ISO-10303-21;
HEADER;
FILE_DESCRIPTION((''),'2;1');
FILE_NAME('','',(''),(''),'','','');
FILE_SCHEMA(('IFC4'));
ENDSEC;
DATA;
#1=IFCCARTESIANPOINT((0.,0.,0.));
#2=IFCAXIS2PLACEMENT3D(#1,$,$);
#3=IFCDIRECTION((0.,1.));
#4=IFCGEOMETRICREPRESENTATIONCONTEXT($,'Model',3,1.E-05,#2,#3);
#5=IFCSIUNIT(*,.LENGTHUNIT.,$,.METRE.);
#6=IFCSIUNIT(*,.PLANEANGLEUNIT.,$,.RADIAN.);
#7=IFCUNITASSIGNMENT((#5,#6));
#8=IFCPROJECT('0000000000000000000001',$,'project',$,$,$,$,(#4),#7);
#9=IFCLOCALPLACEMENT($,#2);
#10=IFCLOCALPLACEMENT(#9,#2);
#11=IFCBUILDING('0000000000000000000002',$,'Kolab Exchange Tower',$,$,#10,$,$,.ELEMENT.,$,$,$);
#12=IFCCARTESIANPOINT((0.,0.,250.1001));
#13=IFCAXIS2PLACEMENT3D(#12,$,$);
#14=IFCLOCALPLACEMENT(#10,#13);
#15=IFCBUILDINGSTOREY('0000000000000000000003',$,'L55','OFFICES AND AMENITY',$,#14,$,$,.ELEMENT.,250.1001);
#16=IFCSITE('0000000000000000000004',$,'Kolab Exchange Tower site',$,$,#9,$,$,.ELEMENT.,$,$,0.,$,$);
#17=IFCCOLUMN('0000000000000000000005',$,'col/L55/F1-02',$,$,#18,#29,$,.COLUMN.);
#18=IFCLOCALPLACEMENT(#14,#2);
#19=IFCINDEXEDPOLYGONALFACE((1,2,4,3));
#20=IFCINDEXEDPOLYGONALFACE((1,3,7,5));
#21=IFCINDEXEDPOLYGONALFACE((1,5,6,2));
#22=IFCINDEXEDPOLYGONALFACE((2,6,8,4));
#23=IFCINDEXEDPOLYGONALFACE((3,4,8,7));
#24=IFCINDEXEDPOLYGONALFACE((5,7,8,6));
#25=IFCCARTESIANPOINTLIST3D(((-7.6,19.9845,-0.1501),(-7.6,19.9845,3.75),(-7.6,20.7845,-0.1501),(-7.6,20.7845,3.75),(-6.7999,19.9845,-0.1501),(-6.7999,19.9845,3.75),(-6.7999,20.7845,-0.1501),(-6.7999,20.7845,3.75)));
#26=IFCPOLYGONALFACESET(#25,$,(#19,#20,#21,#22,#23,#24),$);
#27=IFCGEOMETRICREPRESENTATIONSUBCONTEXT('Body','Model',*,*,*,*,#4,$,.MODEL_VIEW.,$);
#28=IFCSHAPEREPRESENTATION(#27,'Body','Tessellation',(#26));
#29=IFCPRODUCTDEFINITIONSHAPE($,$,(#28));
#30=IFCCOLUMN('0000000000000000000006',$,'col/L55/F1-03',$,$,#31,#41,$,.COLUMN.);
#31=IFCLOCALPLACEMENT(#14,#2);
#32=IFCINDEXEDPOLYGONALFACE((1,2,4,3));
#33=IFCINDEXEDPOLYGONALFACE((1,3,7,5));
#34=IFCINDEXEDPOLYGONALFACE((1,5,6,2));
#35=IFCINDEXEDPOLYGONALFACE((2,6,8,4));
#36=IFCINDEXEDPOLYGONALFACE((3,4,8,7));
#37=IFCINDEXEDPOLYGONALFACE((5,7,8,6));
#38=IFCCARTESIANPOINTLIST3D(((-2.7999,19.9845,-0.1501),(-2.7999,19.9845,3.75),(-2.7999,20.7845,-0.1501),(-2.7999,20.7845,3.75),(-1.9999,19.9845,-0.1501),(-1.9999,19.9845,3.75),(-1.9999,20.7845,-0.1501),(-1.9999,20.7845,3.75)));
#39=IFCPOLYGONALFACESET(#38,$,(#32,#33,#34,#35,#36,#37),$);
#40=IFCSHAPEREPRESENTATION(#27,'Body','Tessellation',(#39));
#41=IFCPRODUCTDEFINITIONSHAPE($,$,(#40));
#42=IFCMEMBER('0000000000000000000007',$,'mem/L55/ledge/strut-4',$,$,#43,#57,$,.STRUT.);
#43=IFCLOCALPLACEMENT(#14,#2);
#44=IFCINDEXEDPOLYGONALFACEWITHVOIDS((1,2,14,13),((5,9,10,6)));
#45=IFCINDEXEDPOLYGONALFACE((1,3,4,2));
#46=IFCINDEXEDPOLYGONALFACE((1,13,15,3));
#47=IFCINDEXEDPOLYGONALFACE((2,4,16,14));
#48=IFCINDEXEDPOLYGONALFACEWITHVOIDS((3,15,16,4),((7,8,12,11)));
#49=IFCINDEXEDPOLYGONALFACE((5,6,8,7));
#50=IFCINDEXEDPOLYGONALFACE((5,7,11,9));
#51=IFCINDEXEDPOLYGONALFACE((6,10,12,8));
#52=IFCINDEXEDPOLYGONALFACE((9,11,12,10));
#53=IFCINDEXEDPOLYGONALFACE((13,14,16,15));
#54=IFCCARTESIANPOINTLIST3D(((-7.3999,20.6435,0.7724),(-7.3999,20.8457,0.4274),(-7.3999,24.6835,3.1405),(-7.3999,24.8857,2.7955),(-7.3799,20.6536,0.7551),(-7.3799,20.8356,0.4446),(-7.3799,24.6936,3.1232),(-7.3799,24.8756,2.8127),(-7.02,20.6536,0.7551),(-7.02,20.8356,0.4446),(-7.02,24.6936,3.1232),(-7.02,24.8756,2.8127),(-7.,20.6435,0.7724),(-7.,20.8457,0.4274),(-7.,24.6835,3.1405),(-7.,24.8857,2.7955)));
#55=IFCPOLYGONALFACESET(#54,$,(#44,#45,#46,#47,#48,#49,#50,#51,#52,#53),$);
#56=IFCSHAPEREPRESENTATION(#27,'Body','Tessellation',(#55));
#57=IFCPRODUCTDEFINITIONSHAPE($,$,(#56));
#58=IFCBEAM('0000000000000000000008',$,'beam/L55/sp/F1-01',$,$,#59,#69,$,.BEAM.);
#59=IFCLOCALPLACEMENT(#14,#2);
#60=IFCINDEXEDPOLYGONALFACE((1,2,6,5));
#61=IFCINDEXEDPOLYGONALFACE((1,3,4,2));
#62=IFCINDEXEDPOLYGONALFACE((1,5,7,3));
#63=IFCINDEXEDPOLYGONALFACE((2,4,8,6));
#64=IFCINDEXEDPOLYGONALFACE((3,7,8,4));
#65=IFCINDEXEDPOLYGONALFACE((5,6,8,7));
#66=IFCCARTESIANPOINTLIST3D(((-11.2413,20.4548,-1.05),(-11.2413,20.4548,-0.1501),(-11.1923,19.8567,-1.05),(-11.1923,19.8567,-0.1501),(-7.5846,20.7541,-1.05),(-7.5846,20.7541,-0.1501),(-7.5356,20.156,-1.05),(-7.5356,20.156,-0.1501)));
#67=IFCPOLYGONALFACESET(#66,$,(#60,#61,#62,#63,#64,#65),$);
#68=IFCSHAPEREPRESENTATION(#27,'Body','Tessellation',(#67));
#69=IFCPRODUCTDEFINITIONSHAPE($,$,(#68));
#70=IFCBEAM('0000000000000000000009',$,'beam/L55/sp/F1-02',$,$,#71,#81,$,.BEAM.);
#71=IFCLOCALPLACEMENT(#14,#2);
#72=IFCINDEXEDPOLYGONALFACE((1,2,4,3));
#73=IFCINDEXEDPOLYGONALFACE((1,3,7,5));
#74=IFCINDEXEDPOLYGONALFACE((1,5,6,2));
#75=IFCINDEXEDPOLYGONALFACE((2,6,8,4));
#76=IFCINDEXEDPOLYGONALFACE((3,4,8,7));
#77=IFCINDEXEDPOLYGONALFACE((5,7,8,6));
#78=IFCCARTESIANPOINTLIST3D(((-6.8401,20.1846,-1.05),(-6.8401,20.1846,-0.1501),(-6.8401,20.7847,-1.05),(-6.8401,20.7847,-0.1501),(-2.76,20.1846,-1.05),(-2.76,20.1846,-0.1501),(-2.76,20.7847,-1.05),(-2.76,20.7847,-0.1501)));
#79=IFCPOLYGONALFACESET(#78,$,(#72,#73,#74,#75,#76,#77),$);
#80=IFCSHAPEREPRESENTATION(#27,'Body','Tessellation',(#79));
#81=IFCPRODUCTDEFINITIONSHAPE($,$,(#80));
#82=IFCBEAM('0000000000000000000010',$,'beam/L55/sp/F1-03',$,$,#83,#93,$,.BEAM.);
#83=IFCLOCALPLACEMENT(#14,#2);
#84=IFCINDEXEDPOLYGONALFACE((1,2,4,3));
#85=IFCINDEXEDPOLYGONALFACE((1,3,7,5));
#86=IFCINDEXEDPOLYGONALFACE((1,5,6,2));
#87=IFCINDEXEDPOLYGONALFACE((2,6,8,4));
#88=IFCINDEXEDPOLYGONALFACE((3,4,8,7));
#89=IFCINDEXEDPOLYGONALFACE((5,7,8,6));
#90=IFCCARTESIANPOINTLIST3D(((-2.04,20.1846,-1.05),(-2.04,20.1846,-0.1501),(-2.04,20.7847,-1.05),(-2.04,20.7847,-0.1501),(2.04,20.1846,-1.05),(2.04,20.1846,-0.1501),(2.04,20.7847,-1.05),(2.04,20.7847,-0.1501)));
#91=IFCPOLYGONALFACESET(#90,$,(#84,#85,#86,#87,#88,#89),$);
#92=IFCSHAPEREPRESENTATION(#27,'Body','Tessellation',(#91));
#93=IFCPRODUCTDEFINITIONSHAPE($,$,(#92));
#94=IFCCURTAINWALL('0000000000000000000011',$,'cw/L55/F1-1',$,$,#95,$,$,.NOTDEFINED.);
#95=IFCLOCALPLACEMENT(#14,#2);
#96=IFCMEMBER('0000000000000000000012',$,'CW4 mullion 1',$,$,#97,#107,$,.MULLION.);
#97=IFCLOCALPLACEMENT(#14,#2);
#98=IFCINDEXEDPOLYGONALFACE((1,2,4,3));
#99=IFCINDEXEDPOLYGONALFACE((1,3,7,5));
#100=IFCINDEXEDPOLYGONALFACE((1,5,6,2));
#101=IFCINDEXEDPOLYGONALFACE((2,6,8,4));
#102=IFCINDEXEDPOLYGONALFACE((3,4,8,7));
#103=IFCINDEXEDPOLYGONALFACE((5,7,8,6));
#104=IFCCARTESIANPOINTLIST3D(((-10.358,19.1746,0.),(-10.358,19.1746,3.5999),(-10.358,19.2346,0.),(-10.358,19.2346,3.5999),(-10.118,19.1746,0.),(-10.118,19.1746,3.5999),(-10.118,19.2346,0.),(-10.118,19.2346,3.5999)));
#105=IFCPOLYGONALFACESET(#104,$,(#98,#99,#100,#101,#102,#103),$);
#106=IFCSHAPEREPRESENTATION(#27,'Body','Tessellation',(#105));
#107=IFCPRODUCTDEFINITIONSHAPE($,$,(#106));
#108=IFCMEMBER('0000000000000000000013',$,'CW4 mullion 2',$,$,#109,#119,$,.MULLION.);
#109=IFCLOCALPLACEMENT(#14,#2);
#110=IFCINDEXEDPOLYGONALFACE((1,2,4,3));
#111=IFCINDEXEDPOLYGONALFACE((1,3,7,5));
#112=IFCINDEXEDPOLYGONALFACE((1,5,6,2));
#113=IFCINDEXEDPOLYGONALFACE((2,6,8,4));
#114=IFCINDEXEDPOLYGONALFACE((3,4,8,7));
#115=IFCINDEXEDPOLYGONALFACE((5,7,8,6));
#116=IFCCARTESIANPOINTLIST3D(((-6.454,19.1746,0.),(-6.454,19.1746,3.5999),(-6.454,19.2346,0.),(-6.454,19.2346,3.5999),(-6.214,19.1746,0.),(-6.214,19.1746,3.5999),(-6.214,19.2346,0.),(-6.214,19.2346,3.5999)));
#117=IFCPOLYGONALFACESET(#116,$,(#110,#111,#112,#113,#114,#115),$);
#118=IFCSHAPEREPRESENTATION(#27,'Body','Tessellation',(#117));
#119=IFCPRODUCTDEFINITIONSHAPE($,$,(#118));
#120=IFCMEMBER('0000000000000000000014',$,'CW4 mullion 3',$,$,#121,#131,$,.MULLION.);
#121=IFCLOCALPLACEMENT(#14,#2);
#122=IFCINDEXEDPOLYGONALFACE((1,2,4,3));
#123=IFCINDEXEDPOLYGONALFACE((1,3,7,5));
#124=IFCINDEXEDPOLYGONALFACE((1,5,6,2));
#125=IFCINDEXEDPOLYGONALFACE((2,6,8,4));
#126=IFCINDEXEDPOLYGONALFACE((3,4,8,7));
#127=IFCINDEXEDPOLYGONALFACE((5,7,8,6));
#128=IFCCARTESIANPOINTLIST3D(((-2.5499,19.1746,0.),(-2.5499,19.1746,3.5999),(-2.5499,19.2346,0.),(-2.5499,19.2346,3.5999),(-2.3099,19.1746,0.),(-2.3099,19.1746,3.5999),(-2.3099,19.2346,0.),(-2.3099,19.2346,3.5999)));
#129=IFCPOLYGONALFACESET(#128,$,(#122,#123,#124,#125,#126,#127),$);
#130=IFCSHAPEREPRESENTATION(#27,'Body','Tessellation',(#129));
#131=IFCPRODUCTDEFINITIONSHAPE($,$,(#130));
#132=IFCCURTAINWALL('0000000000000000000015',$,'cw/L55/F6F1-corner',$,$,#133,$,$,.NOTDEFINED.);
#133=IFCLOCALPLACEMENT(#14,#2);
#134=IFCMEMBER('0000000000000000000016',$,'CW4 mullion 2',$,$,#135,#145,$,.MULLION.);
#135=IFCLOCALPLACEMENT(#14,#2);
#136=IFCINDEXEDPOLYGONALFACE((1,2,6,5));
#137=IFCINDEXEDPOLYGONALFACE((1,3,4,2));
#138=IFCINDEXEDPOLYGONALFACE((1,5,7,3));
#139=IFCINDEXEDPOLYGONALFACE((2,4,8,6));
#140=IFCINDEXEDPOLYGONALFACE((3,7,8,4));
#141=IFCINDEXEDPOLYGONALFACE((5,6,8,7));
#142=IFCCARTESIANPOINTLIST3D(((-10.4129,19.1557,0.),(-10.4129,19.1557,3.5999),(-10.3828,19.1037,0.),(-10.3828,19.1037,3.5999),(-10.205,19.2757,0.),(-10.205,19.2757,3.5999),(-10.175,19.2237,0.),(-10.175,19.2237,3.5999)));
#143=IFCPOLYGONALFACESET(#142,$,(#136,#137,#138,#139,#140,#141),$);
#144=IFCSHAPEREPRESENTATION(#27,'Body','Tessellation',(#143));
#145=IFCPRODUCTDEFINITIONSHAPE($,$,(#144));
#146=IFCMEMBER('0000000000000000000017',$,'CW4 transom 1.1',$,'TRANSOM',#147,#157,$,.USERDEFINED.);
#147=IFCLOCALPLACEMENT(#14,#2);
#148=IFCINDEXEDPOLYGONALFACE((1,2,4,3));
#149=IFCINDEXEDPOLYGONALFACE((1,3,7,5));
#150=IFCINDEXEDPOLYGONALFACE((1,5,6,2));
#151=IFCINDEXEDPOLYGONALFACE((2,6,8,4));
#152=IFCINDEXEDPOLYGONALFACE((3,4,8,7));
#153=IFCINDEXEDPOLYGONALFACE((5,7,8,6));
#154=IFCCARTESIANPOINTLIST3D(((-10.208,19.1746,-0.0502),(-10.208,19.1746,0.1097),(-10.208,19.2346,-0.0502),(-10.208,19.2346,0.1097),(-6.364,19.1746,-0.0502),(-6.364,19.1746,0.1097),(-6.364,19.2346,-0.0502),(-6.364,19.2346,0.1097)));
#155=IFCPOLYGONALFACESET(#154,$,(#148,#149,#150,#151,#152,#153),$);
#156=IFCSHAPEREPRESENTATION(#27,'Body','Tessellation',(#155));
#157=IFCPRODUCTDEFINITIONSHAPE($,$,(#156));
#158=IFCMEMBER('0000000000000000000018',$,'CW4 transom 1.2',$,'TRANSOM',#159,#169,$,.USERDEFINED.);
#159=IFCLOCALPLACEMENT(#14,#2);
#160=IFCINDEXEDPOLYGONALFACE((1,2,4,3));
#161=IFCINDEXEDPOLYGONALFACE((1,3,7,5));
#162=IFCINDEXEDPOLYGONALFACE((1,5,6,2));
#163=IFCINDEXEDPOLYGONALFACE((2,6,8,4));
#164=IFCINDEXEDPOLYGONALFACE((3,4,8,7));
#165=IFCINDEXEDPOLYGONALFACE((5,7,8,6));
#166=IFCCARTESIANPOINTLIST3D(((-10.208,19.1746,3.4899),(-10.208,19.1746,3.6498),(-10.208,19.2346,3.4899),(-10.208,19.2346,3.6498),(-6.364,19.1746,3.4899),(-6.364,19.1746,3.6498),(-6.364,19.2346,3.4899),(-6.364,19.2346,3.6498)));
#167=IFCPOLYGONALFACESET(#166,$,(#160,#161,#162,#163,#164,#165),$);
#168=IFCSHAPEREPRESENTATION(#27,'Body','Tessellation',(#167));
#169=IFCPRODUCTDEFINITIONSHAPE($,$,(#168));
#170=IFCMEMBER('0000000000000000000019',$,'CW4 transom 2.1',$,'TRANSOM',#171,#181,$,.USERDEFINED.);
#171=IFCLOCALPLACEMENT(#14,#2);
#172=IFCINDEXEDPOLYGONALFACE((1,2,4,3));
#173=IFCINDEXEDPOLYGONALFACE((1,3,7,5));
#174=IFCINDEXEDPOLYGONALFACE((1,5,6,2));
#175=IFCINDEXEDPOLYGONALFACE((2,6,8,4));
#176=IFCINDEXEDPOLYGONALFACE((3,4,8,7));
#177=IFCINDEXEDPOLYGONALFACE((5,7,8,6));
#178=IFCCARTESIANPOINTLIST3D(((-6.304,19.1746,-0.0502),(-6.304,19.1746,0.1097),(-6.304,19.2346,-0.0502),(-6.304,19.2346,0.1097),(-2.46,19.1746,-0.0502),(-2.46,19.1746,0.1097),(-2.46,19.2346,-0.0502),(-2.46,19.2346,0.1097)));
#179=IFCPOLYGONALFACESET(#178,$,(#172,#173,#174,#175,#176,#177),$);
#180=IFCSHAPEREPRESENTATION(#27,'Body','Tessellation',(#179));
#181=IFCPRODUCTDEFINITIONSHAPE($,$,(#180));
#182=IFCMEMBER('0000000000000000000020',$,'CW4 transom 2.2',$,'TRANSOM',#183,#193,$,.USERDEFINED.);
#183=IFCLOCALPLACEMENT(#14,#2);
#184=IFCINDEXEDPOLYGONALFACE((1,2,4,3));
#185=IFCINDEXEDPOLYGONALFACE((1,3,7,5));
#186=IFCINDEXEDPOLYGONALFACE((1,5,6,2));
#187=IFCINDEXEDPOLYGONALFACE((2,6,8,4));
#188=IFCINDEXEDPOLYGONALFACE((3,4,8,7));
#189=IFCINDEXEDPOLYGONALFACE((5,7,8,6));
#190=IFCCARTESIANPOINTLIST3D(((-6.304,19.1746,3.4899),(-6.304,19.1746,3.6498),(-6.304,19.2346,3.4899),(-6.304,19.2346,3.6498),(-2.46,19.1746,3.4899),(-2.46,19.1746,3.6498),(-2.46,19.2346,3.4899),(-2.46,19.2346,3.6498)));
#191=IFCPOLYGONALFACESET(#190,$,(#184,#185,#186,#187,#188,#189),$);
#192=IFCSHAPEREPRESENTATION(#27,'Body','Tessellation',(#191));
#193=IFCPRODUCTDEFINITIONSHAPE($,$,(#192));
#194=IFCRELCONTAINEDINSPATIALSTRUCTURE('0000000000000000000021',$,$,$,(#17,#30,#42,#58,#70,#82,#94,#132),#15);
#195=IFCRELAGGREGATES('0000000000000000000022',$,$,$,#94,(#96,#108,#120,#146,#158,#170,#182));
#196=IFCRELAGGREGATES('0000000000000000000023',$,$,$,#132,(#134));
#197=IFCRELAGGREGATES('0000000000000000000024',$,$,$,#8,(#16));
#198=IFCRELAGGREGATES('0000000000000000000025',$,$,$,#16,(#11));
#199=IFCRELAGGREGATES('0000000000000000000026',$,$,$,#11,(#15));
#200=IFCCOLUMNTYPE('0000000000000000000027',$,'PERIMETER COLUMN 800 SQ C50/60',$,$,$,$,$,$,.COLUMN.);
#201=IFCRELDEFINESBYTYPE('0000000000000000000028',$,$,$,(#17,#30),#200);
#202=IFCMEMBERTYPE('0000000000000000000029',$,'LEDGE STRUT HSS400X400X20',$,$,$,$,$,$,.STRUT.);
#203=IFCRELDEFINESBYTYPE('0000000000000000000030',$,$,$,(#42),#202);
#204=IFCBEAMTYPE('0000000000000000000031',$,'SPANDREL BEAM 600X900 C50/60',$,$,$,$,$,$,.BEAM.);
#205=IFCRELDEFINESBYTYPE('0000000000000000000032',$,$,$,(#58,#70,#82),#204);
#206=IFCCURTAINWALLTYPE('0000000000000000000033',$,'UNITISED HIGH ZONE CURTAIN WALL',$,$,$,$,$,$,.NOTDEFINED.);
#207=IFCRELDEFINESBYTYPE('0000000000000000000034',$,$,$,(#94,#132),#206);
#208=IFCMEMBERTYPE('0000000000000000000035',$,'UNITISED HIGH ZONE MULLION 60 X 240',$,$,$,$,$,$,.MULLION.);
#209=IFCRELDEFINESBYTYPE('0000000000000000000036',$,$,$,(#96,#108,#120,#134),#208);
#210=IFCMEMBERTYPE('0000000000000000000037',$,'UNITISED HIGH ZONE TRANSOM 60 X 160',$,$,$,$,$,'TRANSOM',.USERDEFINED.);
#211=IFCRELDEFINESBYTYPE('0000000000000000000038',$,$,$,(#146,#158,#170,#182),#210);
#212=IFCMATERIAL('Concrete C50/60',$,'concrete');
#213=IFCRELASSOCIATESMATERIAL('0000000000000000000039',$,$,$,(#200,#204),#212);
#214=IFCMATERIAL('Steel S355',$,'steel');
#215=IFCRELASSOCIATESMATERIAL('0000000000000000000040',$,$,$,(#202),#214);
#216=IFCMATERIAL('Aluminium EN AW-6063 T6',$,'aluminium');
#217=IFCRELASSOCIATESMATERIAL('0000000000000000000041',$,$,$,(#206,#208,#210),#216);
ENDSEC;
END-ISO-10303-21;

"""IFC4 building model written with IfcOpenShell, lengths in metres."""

from ifc_helpers import new_model, si_unit, direction, frame, origin, origin_2d, place, context, subcontext, project, spatial, rectangle, hollow_rectangle, extrude, material, material_profile, profile_set, type_object, element, aggregate, save


model = new_model("IFC4")

# Units and contexts
model_context = context("Model", 3, precision=1e-05, world=origin(), true_north=direction((0.0, 1.0)))
body_context = subcontext(model_context, "Body", "Model", "MODEL_VIEW")
ifc_project = project(units=[si_unit("LENGTHUNIT", "METRE"), si_unit("PLANEANGLEUNIT", "RADIAN")], contexts=[model_context])

# Site, building, storey
site_placement = place(None, origin())
site = spatial("IfcSite", under=ifc_project, at=site_placement, Name="Kolab Exchange Tower site", CompositionType="ELEMENT", RefElevation=0.0)
building_placement = place(site_placement, origin())
building = spatial("IfcBuilding", under=site, at=building_placement, Name="Kolab Exchange Tower", CompositionType="ELEMENT")
storey_placement = place(building_placement, frame((0.0, 0.0, 250.1001)))
storey = spatial("IfcBuildingStorey", under=building, at=storey_placement, Name="L55", Description="OFFICES AND AMENITY", CompositionType="ELEMENT", Elevation=250.1001)

# Columns
ifc_material_1 = material(Name="Concrete C50/60", Category="concrete")
ifc_material_profile_1 = material_profile(ifc_material_1, rectangle(XDim=0.8, YDim=0.8, at=origin_2d()), Name="RC800")
ifc_profile_set_1 = profile_set([ifc_material_profile_1], Name="Concrete C50/60")
column_type = type_object("IfcColumnType", Name="PERIMETER COLUMN 800 SQ C50/60", PredefinedType="COLUMN", material=ifc_profile_set_1)
for number, where, z_axis, x_axis, name in (
    (1, (-7.2, 20.3845, -0.1501), (0.0, 0.0, 1.0), (1.0, 0.0, 0.0), "col/L55/F1-02"),
    (2, (-2.3999, 20.3845, -0.1501), (0.0, 0.0, 1.0), (1.0, 0.0, 0.0), "col/L55/F1-03"),
):
    element("IfcColumn", number, at=place(storey_placement, frame(where, z_axis=z_axis, x_axis=x_axis)), inside=storey, type_object=column_type, Name=name, PredefinedType="COLUMN", context=body_context, shape_type="SweptSolid", body=[
        extrude(rectangle(XDim=0.8, YDim=0.8, at=origin_2d()), origin(), (0.0, 0.0, 1.0), 3.9001),
    ])

# Member
ifc_material_2 = material(Name="Steel S355", Category="steel")
ifc_material_profile_2 = material_profile(ifc_material_2, hollow_rectangle(XDim=0.3999, YDim=0.3999, WallThickness=0.02, at=origin_2d()), Name="HSS400X400X20")
ifc_profile_set_2 = profile_set([ifc_material_profile_2], Name="Steel S355")
member_type_1 = type_object("IfcMemberType", Name="LEDGE STRUT HSS400X400X20", PredefinedType="STRUT", material=ifc_profile_set_2)
member_1_placement = place(storey_placement, frame((-7.2, 20.7446, 0.5999), z_axis=(0.0, 0.862711, 0.505698), x_axis=(-1.0, 0.0, 0.0)))
element("IfcMember", 3, at=member_1_placement, inside=storey, type_object=member_type_1, Name="mem/L55/ledge/strut-4", PredefinedType="STRUT", context=body_context, shape_type="SweptSolid", body=[
    extrude(hollow_rectangle(XDim=0.3999, YDim=0.3999, WallThickness=0.02, at=origin_2d()), origin(), (0.0, 0.0, 1.0), 4.6829),
])

# Beams
ifc_material_profile_3 = material_profile(ifc_material_1, rectangle(XDim=0.6001, YDim=0.8999, at=origin_2d()), Name="RC600X900")
ifc_profile_set_3 = profile_set([ifc_material_profile_3], Name="Concrete C50/60")
beam_type = type_object("IfcBeamType", Name="SPANDREL BEAM 600X900 C50/60", PredefinedType="BEAM", material=ifc_profile_set_3)
beam_placement = place(storey_placement, frame((-11.2168, 20.1558, -0.6001), z_axis=(0.996667, 0.081581, 0.0), x_axis=(-0.081581, 0.996667, 0.0)))
element("IfcBeam", 4, at=beam_placement, inside=storey, type_object=beam_type, Name="beam/L55/sp/F1-01", PredefinedType="BEAM", context=body_context, shape_type="SweptSolid", body=[
    extrude(rectangle(XDim=0.6001, YDim=0.8999, at=origin_2d()), origin(), (0.0, 0.0, 1.0), 3.6689),
])
for number, where, z_axis, x_axis, name in (
    (5, (-6.8401, 20.4846, -0.6001), (1.0, 0.0, 0.0), (0.0, 1.0, 0.0), "beam/L55/sp/F1-02"),
    (6, (-2.04, 20.4846, -0.6001), (1.0, 0.0, 0.0), (0.0, 1.0, 0.0), "beam/L55/sp/F1-03"),
):
    element("IfcBeam", number, at=place(storey_placement, frame(where, z_axis=z_axis, x_axis=x_axis)), inside=storey, type_object=beam_type, Name=name, PredefinedType="BEAM", context=body_context, shape_type="SweptSolid", body=[
        extrude(rectangle(XDim=0.6001, YDim=0.8999, at=origin_2d()), origin(), (0.0, 0.0, 1.0), 4.0801),
    ])

# Curtain wall, members
ifc_material_3 = material(Name="Aluminium EN AW-6063 T6", Category="aluminium")
curtain_wall_type = type_object("IfcCurtainWallType", Name="UNITISED HIGH ZONE CURTAIN WALL", PredefinedType="NOTDEFINED", material=ifc_material_3)
curtain_wall_1_placement = place(storey_placement, origin())
curtain_wall_1 = element("IfcCurtainWall", 7, at=curtain_wall_1_placement, inside=storey, type_object=curtain_wall_type, Name="cw/L55/F1-1", PredefinedType="NOTDEFINED")
ifc_material_profile_4 = material_profile(ifc_material_3, rectangle(XDim=0.0601, YDim=0.24, at=origin_2d()), Name="RECT 60X240")
ifc_profile_set_4 = profile_set([ifc_material_profile_4], Name="Aluminium EN AW-6063 T6")
member_type_2 = type_object("IfcMemberType", Name="UNITISED HIGH ZONE MULLION 60 X 240", PredefinedType="MULLION", material=ifc_profile_set_4)
member_2_placement = place(storey_placement, frame((-10.238, 19.2046, 0.0), z_axis=(0.0, 0.0, 1.0), x_axis=(0.0, 1.0, 0.0)))
member_2 = element("IfcMember", 8, at=member_2_placement, type_object=member_type_2, Name="CW4 mullion 1", PredefinedType="MULLION", context=body_context, shape_type="SweptSolid", body=[
    extrude(rectangle(XDim=0.0601, YDim=0.24, at=origin_2d()), origin(), (0.0, 0.0, 1.0), 3.5999),
])
member_3_placement = place(storey_placement, frame((-6.334, 19.2046, 0.0), z_axis=(0.0, 0.0, 1.0), x_axis=(0.0, 1.0, 0.0)))
member_3 = element("IfcMember", 9, at=member_3_placement, type_object=member_type_2, Name="CW4 mullion 2", PredefinedType="MULLION", context=body_context, shape_type="SweptSolid", body=[
    extrude(rectangle(XDim=0.0601, YDim=0.24, at=origin_2d()), origin(), (0.0, 0.0, 1.0), 3.5999),
])
member_4_placement = place(storey_placement, frame((-2.4299, 19.2046, 0.0), z_axis=(0.0, 0.0, 1.0), x_axis=(0.0, 1.0, 0.0)))
member_4 = element("IfcMember", 10, at=member_4_placement, type_object=member_type_2, Name="CW4 mullion 3", PredefinedType="MULLION", context=body_context, shape_type="SweptSolid", body=[
    extrude(rectangle(XDim=0.0601, YDim=0.24, at=origin_2d()), origin(), (0.0, 0.0, 1.0), 3.5999),
])

# Curtain wall, member
curtain_wall_2_placement = place(storey_placement, origin())
curtain_wall_2 = element("IfcCurtainWall", 11, at=curtain_wall_2_placement, inside=storey, type_object=curtain_wall_type, Name="cw/L55/F6F1-corner", PredefinedType="NOTDEFINED")
member_5_placement = place(storey_placement, frame((-10.2939, 19.1897, 0.0), z_axis=(0.0, 0.0, 1.0), x_axis=(-0.5, 0.866025, 0.0)))
member_5 = element("IfcMember", 12, at=member_5_placement, type_object=member_type_2, Name="CW4 mullion 2", PredefinedType="MULLION", context=body_context, shape_type="SweptSolid", body=[
    extrude(rectangle(XDim=0.0601, YDim=0.24, at=origin_2d()), origin(), (0.0, 0.0, 1.0), 3.5999),
])

# Members
ifc_material_profile_5 = material_profile(ifc_material_3, rectangle(XDim=0.0601, YDim=0.1599, at=origin_2d()), Name="RECT 60X160")
ifc_profile_set_5 = profile_set([ifc_material_profile_5], Name="Aluminium EN AW-6063 T6")
member_type_3 = type_object("IfcMemberType", Name="UNITISED HIGH ZONE TRANSOM 60 X 160", ElementType="TRANSOM", PredefinedType="USERDEFINED", material=ifc_profile_set_5)
member_6_placement = place(storey_placement, frame((-10.208, 19.2046, 0.0298), z_axis=(1.0, 0.0, 0.0), x_axis=(0.0, 1.0, 0.0)))
member_6 = element("IfcMember", 13, at=member_6_placement, type_object=member_type_3, Name="CW4 transom 1.1", ObjectType="TRANSOM", PredefinedType="USERDEFINED", context=body_context, shape_type="SweptSolid", body=[
    extrude(rectangle(XDim=0.0601, YDim=0.1599, at=origin_2d()), origin(), (0.0, 0.0, 1.0), 3.844),
])
member_7_placement = place(storey_placement, frame((-10.208, 19.2046, 3.5698), z_axis=(1.0, 0.0, 0.0), x_axis=(0.0, 1.0, 0.0)))
member_7 = element("IfcMember", 14, at=member_7_placement, type_object=member_type_3, Name="CW4 transom 1.2", ObjectType="TRANSOM", PredefinedType="USERDEFINED", context=body_context, shape_type="SweptSolid", body=[
    extrude(rectangle(XDim=0.0601, YDim=0.1599, at=origin_2d()), origin(), (0.0, 0.0, 1.0), 3.844),
])
member_8_placement = place(storey_placement, frame((-6.304, 19.2046, 0.0298), z_axis=(1.0, 0.0, 0.0), x_axis=(0.0, 1.0, 0.0)))
member_8 = element("IfcMember", 15, at=member_8_placement, type_object=member_type_3, Name="CW4 transom 2.1", ObjectType="TRANSOM", PredefinedType="USERDEFINED", context=body_context, shape_type="SweptSolid", body=[
    extrude(rectangle(XDim=0.0601, YDim=0.1599, at=origin_2d()), origin(), (0.0, 0.0, 1.0), 3.844),
])
member_9_placement = place(storey_placement, frame((-6.304, 19.2046, 3.5698), z_axis=(1.0, 0.0, 0.0), x_axis=(0.0, 1.0, 0.0)))
member_9 = element("IfcMember", 16, at=member_9_placement, type_object=member_type_3, Name="CW4 transom 2.2", ObjectType="TRANSOM", PredefinedType="USERDEFINED", context=body_context, shape_type="SweptSolid", body=[
    extrude(rectangle(XDim=0.0601, YDim=0.1599, at=origin_2d()), origin(), (0.0, 0.0, 1.0), 3.844),
])

aggregate(curtain_wall_1, [member_2, member_3, member_4, member_6, member_7, member_8, member_9])
aggregate(curtain_wall_2, [member_5])

save(model, "model.ifc")
